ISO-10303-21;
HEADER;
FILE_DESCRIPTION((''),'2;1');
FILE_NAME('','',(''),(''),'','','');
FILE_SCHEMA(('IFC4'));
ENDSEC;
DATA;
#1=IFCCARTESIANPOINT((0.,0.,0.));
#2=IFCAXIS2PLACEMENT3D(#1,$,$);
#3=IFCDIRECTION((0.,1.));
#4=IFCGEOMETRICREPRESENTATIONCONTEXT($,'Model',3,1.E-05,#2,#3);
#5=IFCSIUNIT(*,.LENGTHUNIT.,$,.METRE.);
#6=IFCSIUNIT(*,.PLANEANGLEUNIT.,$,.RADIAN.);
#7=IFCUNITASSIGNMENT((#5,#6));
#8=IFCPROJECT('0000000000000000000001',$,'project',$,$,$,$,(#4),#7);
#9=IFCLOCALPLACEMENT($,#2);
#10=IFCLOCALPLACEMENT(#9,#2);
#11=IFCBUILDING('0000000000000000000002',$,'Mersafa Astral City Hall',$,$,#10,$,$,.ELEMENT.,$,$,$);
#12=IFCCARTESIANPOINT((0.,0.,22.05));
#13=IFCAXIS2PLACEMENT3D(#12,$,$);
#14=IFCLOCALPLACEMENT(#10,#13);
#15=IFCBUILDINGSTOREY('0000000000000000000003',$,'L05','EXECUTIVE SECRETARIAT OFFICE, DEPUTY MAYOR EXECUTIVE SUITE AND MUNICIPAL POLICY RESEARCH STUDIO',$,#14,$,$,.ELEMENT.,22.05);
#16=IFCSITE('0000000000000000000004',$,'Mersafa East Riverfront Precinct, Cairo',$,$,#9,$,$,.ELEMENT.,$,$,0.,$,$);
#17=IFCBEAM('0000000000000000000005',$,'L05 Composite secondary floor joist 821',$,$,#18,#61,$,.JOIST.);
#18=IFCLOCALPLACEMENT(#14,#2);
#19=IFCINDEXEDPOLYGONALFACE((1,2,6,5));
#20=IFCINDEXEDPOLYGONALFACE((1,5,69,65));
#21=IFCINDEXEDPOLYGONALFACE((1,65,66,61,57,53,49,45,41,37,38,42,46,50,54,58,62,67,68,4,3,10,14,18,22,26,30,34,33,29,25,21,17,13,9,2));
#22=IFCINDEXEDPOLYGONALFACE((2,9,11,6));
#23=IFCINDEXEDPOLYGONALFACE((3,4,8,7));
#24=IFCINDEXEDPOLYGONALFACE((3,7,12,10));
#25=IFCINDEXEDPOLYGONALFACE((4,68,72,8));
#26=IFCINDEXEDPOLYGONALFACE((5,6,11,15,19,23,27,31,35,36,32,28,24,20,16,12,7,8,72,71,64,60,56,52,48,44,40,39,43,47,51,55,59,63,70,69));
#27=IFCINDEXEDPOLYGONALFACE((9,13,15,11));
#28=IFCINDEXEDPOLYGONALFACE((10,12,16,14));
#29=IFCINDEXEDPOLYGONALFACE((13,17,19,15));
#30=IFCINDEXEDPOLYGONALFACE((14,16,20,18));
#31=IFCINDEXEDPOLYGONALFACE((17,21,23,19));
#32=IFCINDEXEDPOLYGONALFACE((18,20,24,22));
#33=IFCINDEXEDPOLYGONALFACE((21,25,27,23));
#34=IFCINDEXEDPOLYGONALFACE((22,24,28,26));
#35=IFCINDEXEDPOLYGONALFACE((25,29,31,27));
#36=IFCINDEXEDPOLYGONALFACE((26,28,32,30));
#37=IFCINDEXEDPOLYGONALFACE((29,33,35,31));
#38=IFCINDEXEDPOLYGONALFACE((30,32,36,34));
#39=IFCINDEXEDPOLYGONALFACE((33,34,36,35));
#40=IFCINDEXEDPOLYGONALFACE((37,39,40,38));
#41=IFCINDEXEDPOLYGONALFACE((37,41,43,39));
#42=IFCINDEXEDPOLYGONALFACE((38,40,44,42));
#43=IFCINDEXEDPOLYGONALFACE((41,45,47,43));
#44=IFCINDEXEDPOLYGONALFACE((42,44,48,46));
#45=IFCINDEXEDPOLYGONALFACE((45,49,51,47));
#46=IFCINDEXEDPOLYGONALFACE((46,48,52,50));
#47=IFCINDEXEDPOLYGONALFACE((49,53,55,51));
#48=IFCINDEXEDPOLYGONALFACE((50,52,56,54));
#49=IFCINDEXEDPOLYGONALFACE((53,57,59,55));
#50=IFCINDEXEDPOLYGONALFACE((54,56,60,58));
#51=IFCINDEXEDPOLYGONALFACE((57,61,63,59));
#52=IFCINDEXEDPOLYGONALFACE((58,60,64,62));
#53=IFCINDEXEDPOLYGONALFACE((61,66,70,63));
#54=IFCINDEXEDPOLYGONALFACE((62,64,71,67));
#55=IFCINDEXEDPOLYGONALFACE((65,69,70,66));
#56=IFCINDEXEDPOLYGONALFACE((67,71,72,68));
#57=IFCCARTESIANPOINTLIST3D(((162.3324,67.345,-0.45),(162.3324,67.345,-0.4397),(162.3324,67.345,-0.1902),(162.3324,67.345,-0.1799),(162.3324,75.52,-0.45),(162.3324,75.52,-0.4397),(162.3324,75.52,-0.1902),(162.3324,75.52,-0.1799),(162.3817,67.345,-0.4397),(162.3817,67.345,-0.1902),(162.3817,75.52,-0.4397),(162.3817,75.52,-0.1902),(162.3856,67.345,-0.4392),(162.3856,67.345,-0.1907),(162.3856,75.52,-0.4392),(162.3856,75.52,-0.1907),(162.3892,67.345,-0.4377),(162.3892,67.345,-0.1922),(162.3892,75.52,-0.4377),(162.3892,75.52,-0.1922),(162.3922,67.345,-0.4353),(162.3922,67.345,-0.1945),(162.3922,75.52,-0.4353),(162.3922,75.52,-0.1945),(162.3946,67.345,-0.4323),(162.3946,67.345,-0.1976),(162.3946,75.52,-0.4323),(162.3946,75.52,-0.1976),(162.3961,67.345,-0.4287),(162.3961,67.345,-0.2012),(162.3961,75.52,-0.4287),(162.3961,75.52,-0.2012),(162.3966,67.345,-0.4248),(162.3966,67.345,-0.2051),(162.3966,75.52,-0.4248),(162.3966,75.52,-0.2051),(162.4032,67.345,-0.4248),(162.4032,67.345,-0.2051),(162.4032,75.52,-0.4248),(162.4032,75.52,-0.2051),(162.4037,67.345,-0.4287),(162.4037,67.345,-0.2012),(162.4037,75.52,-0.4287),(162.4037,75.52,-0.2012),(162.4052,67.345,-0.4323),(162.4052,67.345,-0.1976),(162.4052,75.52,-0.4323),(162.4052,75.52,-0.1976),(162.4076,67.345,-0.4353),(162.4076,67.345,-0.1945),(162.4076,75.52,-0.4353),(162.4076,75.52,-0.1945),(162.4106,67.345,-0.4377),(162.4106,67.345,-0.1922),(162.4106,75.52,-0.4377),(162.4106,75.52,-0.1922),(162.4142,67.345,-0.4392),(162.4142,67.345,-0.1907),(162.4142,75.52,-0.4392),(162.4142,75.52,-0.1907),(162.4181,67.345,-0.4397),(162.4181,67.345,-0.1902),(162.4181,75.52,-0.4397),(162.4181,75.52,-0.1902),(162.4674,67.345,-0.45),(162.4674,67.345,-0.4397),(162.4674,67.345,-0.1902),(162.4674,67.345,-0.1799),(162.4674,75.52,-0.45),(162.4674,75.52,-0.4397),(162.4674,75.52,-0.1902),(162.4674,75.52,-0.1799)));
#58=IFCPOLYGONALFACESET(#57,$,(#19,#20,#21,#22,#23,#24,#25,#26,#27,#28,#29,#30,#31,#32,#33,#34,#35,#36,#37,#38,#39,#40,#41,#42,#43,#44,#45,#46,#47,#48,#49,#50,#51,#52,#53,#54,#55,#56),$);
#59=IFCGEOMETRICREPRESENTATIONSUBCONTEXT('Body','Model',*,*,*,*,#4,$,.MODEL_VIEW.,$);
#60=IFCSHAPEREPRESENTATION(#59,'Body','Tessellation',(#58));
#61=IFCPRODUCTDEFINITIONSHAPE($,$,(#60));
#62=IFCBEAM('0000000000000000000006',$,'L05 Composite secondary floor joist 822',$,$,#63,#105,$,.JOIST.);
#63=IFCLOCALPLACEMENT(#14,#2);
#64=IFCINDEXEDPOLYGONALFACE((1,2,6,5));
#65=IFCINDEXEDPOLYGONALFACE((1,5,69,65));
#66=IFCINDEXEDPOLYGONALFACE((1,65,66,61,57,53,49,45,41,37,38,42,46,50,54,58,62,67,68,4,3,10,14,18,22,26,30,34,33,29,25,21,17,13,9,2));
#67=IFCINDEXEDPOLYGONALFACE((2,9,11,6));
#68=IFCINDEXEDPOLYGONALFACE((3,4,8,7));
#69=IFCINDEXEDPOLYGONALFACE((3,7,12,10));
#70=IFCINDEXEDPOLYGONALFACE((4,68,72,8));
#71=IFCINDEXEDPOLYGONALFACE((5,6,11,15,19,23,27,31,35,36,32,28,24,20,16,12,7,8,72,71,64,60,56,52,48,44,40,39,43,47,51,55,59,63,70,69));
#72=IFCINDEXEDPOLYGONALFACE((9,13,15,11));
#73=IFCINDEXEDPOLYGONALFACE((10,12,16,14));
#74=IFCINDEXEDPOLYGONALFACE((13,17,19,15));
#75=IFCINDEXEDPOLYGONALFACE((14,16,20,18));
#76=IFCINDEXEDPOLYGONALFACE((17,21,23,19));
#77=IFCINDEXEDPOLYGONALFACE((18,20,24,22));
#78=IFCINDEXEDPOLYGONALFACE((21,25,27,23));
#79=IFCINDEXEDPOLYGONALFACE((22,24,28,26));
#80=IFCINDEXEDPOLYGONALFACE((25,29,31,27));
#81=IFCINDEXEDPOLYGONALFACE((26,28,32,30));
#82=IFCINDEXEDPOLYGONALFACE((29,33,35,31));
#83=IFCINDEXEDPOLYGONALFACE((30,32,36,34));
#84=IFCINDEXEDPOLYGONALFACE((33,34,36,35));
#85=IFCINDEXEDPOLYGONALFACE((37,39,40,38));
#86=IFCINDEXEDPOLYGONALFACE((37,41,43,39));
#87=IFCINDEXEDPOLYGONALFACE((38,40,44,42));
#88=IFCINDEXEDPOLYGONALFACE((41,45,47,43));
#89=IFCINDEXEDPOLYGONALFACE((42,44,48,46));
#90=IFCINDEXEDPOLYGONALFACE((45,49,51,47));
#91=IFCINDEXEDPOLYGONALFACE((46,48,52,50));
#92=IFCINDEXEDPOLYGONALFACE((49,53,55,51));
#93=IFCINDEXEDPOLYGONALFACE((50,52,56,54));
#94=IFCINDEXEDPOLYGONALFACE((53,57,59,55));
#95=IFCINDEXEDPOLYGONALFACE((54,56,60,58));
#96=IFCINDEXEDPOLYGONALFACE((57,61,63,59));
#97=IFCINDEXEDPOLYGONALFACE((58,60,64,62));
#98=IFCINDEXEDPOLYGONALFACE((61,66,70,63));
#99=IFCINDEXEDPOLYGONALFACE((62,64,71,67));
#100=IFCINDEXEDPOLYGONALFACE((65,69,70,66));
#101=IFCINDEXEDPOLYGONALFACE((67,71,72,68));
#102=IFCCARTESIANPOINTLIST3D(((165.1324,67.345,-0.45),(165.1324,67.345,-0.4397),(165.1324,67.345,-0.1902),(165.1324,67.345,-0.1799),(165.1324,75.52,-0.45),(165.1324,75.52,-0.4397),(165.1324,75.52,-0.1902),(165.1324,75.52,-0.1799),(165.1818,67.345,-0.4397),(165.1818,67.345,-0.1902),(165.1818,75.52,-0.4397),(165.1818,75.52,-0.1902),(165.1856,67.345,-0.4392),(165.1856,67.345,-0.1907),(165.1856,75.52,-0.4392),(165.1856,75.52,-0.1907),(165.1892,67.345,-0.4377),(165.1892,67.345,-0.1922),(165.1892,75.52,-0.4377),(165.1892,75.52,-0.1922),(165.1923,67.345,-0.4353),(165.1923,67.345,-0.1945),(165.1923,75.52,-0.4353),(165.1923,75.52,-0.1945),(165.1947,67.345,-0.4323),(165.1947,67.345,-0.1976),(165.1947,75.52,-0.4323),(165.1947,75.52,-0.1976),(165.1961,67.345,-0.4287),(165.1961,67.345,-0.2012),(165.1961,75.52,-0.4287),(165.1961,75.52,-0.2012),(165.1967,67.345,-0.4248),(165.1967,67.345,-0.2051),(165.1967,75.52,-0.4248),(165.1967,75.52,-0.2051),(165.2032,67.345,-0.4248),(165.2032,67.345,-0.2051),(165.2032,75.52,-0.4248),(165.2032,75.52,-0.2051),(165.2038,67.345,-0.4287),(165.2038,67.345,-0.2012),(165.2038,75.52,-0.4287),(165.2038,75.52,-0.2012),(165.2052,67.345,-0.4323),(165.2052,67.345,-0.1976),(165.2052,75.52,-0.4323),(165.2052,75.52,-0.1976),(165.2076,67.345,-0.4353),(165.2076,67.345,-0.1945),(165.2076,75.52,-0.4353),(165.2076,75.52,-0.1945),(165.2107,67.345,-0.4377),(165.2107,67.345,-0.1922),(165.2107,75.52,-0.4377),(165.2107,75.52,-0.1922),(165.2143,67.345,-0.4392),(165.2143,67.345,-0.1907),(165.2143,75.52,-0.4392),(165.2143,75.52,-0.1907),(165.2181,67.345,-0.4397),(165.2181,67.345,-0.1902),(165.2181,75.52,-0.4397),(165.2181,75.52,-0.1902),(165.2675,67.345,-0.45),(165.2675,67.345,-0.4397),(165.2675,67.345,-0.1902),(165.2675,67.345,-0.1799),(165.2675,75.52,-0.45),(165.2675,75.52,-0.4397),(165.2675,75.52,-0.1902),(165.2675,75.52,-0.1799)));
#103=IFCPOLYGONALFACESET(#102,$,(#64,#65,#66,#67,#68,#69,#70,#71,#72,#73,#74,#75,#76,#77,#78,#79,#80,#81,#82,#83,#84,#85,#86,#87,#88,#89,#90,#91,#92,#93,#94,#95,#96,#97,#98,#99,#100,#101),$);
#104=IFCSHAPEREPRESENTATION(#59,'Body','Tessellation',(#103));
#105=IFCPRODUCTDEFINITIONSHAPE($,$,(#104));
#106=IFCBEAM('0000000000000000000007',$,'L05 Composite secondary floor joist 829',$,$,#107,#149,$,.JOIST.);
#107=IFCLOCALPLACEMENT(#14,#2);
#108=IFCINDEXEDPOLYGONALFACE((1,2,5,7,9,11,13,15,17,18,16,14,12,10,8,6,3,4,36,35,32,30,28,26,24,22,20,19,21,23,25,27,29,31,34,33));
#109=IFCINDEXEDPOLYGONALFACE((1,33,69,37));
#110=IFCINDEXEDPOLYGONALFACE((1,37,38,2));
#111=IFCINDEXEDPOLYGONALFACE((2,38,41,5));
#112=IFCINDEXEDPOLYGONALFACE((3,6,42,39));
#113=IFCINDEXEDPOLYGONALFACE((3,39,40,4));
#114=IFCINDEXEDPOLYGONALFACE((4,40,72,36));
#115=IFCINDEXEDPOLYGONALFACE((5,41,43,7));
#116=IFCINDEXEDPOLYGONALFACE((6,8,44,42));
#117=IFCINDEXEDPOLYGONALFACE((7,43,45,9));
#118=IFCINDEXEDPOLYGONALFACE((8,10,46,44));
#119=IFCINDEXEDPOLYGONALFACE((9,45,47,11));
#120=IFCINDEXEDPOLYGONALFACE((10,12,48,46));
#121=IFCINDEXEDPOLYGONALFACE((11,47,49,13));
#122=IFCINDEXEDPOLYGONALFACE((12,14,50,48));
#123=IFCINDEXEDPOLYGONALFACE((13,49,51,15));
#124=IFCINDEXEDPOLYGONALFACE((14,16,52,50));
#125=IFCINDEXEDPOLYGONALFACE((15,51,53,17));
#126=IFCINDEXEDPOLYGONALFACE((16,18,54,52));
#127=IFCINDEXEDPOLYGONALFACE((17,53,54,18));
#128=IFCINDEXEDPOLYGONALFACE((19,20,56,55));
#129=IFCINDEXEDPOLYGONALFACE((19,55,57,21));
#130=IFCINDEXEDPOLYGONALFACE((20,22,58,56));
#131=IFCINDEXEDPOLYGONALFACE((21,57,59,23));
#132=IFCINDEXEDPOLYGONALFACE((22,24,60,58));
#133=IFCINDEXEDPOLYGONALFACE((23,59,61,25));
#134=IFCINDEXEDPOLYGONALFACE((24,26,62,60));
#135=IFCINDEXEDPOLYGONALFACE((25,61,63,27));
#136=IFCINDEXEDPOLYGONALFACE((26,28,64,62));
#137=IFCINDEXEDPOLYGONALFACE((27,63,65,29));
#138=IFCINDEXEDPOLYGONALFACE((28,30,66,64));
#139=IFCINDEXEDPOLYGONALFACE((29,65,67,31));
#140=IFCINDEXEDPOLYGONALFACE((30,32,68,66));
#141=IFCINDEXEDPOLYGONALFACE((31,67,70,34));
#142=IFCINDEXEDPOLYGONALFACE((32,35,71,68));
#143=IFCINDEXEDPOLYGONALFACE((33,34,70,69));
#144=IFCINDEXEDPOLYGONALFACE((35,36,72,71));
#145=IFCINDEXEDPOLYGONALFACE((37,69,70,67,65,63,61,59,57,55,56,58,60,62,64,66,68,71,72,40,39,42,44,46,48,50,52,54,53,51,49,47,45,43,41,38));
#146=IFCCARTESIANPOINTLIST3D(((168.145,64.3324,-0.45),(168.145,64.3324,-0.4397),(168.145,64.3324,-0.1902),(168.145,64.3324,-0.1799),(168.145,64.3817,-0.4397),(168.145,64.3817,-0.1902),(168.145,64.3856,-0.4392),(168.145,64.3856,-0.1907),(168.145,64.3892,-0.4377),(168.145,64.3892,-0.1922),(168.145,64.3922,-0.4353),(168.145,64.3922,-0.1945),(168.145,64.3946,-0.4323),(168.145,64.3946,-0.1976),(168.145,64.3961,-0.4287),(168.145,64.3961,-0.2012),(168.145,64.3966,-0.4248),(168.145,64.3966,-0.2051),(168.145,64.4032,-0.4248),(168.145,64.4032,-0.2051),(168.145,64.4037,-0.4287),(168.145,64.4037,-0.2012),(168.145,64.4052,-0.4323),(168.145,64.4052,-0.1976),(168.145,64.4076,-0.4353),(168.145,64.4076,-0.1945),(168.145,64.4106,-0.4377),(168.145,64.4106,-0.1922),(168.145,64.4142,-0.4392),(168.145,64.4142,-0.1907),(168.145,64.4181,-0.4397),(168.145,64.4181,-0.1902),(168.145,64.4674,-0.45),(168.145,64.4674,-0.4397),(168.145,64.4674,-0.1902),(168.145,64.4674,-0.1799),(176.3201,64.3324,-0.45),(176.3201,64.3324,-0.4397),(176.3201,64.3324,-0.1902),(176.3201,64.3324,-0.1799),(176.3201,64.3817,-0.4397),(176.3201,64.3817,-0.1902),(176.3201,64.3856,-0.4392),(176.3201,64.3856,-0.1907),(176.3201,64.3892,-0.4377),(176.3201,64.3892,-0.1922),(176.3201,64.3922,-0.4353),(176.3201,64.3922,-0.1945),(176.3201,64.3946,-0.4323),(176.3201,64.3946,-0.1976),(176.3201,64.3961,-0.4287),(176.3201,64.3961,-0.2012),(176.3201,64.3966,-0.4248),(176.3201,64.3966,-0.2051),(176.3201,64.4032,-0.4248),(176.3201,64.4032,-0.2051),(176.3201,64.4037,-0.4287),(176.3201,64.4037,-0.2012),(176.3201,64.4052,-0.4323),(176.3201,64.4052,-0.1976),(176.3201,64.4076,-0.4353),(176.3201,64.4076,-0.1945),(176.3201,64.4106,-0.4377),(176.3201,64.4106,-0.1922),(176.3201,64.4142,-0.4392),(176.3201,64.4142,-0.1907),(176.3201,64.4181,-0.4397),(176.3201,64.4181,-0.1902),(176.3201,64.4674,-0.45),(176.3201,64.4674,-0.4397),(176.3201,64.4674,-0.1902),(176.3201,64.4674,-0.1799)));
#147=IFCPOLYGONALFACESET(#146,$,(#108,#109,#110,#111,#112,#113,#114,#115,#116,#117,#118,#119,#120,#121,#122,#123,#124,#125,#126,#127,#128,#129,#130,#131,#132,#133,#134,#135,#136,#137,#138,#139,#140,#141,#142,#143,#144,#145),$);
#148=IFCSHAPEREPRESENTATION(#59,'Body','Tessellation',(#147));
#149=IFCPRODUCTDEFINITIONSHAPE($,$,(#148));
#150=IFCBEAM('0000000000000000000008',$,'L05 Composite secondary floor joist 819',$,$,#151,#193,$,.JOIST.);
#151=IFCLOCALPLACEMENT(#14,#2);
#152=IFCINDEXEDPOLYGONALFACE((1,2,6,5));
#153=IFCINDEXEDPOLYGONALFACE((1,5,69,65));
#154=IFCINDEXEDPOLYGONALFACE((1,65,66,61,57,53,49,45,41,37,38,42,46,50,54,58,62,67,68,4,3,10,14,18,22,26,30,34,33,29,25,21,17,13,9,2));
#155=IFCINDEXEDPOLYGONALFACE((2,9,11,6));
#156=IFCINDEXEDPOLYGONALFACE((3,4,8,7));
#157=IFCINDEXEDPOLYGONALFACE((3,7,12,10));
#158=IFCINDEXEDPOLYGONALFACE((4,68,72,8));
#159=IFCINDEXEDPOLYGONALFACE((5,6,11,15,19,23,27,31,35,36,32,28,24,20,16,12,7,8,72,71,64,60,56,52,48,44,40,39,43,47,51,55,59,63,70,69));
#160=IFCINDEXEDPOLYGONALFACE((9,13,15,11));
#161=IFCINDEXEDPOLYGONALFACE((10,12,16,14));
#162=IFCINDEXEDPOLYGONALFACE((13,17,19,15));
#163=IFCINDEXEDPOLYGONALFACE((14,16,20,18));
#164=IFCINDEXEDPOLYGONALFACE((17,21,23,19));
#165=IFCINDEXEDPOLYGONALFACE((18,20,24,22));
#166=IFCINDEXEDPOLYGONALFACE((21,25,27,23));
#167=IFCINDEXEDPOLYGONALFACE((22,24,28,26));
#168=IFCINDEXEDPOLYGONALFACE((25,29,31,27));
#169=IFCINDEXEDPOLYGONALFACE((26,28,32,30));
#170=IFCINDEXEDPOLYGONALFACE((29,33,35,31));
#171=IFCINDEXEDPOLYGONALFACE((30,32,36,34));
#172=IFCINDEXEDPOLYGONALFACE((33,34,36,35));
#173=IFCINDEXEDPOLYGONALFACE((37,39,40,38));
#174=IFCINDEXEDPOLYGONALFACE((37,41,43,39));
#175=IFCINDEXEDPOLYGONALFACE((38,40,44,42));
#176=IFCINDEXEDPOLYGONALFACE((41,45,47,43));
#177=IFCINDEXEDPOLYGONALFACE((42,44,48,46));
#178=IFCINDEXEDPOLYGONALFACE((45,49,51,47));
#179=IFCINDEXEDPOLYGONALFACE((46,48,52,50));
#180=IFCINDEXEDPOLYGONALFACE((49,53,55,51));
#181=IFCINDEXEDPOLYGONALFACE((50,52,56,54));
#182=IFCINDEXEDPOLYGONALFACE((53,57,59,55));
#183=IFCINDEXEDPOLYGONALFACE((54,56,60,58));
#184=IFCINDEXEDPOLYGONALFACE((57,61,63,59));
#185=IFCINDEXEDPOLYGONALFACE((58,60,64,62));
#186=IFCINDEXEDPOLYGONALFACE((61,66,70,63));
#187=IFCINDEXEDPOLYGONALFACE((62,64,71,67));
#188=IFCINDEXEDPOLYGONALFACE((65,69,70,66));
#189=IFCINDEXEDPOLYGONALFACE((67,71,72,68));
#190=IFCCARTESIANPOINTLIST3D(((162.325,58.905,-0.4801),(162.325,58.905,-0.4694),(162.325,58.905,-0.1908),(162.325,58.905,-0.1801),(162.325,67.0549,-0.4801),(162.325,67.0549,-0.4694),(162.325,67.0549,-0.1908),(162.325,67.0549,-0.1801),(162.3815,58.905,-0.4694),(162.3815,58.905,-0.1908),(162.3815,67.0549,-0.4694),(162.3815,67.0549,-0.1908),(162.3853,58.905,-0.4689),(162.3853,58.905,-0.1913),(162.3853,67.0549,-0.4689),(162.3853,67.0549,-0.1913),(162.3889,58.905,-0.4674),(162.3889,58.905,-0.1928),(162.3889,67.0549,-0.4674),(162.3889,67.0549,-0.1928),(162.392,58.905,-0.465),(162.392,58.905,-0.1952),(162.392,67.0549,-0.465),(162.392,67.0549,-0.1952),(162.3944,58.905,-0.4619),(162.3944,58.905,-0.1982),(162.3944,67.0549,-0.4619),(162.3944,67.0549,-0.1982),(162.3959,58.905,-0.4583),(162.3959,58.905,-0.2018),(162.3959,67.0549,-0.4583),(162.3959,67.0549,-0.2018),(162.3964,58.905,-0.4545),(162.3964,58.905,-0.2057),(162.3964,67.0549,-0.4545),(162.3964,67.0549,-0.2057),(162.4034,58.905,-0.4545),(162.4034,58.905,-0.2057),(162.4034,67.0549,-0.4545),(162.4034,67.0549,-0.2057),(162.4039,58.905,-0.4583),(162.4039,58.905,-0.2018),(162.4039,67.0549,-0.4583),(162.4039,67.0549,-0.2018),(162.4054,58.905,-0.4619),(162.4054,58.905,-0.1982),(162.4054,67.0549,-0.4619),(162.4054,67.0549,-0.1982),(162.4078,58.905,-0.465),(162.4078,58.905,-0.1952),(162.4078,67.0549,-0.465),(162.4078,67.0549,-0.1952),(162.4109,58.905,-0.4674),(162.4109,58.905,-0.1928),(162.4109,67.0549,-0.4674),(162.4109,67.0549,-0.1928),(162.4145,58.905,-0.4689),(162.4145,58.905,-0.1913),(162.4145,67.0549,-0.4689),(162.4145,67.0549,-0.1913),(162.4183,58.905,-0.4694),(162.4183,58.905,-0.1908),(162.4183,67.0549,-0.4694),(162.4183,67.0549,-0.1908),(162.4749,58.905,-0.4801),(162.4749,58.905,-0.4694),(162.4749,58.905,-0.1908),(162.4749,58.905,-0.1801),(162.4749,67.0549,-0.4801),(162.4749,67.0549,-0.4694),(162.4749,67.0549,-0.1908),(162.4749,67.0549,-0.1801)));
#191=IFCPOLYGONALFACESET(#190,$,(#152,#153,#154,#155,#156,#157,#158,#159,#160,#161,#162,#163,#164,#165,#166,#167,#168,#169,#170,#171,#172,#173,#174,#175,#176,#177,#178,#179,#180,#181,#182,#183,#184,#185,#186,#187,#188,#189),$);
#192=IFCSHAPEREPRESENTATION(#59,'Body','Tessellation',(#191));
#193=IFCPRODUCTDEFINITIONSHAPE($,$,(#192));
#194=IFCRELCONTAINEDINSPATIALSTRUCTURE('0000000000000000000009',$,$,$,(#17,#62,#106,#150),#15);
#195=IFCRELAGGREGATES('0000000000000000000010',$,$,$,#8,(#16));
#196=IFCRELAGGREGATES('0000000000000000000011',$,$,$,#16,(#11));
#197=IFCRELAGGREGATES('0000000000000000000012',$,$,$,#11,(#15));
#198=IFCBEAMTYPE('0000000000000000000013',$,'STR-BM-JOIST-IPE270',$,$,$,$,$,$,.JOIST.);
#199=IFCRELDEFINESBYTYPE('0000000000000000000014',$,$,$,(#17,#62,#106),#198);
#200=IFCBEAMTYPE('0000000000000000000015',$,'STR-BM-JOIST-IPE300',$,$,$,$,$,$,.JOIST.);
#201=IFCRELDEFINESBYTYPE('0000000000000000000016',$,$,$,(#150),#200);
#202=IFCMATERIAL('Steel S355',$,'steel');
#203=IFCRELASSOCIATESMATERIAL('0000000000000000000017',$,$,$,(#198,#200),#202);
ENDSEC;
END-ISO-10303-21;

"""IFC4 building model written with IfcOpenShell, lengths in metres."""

from ifc_helpers import new_model, si_unit, direction, frame, origin, origin_2d, place, context, subcontext, project, spatial, i_section, extrude, material, material_profile, profile_set, type_object, element, save


model = new_model("IFC4")

# Units and contexts
model_context = context("Model", 3, precision=1e-05, world=origin(), true_north=direction((0.0, 1.0)))
body_context = subcontext(model_context, "Body", "Model", "MODEL_VIEW")
ifc_project = project(units=[si_unit("LENGTHUNIT", "METRE"), si_unit("PLANEANGLEUNIT", "RADIAN")], contexts=[model_context])

# Site, building, storey
site_placement = place(None, origin())
site = spatial("IfcSite", under=ifc_project, at=site_placement, Name="Mersafa East Riverfront Precinct, Cairo", CompositionType="ELEMENT", RefElevation=0.0)
building_placement = place(site_placement, origin())
building = spatial("IfcBuilding", under=site, at=building_placement, Name="Mersafa Astral City Hall", CompositionType="ELEMENT")
storey_placement = place(building_placement, frame((0.0, 0.0, 22.05)))
storey = spatial("IfcBuildingStorey", under=building, at=storey_placement, Name="L05", Description="EXECUTIVE SECRETARIAT OFFICE, DEPUTY MAYOR EXECUTIVE SUITE AND MUNICIPAL POLICY RESEARCH STUDIO", CompositionType="ELEMENT", Elevation=22.05)

# Shared definitions
ifc_material_1 = material(Name="Steel S355", Category="steel")

# Beams
ifc_material_profile_1 = material_profile(ifc_material_1, i_section(OverallWidth=0.135, OverallDepth=0.27, WebThickness=0.0066, FlangeThickness=0.0103, FilletRadius=0.0149, at=origin_2d()), Name="IPE 270")
ifc_profile_set_1 = profile_set([ifc_material_profile_1], Name="Steel S355")
beam_type_1 = type_object("IfcBeamType", Name="STR-BM-JOIST-IPE270", PredefinedType="JOIST", material=ifc_profile_set_1)
for number, where, z_axis, x_axis, name in (
    (1, (162.3999, 67.345, -0.3149), (0.0, 1.0, 0.0), (-1.0, 0.0, 0.0), "L05 Composite secondary floor joist 821"),
    (2, (165.2, 67.345, -0.3149), (0.0, 1.0, 0.0), (-1.0, 0.0, 0.0), "L05 Composite secondary floor joist 822"),
    (3, (168.145, 64.3999, -0.3149), (1.0, 0.0, 0.0), (0.0, 1.0, 0.0), "L05 Composite secondary floor joist 829"),
):
    element("IfcBeam", number, at=place(storey_placement, frame(where, z_axis=z_axis, x_axis=x_axis)), inside=storey, type_object=beam_type_1, Name=name, PredefinedType="JOIST", context=body_context, shape_type="SweptSolid", body=[
        extrude(i_section(OverallWidth=0.135, OverallDepth=0.27, WebThickness=0.0066, FlangeThickness=0.0103, FilletRadius=0.0149, at=origin_2d()), origin(), (0.0, 0.0, 1.0), 8.175),
    ])
ifc_material_profile_2 = material_profile(ifc_material_1, i_section(OverallWidth=0.1499, OverallDepth=0.3, WebThickness=0.0071, FlangeThickness=0.0107, FilletRadius=0.0149, at=origin_2d()), Name="IPE 300")
ifc_profile_set_2 = profile_set([ifc_material_profile_2], Name="Steel S355")
beam_type_2 = type_object("IfcBeamType", Name="STR-BM-JOIST-IPE300", PredefinedType="JOIST", material=ifc_profile_set_2)
for number, where, z_axis, x_axis, name in (
    (4, (162.3999, 58.905, -0.3301), (0.0, 1.0, 0.0), (-1.0, 0.0, 0.0), "L05 Composite secondary floor joist 819"),
):
    element("IfcBeam", number, at=place(storey_placement, frame(where, z_axis=z_axis, x_axis=x_axis)), inside=storey, type_object=beam_type_2, Name=name, PredefinedType="JOIST", context=body_context, shape_type="SweptSolid", body=[
        extrude(i_section(OverallWidth=0.1499, OverallDepth=0.3, WebThickness=0.0071, FlangeThickness=0.0107, FilletRadius=0.0149, at=origin_2d()), origin(), (0.0, 0.0, 1.0), 8.1499),
    ])

save(model, "model.ifc")
